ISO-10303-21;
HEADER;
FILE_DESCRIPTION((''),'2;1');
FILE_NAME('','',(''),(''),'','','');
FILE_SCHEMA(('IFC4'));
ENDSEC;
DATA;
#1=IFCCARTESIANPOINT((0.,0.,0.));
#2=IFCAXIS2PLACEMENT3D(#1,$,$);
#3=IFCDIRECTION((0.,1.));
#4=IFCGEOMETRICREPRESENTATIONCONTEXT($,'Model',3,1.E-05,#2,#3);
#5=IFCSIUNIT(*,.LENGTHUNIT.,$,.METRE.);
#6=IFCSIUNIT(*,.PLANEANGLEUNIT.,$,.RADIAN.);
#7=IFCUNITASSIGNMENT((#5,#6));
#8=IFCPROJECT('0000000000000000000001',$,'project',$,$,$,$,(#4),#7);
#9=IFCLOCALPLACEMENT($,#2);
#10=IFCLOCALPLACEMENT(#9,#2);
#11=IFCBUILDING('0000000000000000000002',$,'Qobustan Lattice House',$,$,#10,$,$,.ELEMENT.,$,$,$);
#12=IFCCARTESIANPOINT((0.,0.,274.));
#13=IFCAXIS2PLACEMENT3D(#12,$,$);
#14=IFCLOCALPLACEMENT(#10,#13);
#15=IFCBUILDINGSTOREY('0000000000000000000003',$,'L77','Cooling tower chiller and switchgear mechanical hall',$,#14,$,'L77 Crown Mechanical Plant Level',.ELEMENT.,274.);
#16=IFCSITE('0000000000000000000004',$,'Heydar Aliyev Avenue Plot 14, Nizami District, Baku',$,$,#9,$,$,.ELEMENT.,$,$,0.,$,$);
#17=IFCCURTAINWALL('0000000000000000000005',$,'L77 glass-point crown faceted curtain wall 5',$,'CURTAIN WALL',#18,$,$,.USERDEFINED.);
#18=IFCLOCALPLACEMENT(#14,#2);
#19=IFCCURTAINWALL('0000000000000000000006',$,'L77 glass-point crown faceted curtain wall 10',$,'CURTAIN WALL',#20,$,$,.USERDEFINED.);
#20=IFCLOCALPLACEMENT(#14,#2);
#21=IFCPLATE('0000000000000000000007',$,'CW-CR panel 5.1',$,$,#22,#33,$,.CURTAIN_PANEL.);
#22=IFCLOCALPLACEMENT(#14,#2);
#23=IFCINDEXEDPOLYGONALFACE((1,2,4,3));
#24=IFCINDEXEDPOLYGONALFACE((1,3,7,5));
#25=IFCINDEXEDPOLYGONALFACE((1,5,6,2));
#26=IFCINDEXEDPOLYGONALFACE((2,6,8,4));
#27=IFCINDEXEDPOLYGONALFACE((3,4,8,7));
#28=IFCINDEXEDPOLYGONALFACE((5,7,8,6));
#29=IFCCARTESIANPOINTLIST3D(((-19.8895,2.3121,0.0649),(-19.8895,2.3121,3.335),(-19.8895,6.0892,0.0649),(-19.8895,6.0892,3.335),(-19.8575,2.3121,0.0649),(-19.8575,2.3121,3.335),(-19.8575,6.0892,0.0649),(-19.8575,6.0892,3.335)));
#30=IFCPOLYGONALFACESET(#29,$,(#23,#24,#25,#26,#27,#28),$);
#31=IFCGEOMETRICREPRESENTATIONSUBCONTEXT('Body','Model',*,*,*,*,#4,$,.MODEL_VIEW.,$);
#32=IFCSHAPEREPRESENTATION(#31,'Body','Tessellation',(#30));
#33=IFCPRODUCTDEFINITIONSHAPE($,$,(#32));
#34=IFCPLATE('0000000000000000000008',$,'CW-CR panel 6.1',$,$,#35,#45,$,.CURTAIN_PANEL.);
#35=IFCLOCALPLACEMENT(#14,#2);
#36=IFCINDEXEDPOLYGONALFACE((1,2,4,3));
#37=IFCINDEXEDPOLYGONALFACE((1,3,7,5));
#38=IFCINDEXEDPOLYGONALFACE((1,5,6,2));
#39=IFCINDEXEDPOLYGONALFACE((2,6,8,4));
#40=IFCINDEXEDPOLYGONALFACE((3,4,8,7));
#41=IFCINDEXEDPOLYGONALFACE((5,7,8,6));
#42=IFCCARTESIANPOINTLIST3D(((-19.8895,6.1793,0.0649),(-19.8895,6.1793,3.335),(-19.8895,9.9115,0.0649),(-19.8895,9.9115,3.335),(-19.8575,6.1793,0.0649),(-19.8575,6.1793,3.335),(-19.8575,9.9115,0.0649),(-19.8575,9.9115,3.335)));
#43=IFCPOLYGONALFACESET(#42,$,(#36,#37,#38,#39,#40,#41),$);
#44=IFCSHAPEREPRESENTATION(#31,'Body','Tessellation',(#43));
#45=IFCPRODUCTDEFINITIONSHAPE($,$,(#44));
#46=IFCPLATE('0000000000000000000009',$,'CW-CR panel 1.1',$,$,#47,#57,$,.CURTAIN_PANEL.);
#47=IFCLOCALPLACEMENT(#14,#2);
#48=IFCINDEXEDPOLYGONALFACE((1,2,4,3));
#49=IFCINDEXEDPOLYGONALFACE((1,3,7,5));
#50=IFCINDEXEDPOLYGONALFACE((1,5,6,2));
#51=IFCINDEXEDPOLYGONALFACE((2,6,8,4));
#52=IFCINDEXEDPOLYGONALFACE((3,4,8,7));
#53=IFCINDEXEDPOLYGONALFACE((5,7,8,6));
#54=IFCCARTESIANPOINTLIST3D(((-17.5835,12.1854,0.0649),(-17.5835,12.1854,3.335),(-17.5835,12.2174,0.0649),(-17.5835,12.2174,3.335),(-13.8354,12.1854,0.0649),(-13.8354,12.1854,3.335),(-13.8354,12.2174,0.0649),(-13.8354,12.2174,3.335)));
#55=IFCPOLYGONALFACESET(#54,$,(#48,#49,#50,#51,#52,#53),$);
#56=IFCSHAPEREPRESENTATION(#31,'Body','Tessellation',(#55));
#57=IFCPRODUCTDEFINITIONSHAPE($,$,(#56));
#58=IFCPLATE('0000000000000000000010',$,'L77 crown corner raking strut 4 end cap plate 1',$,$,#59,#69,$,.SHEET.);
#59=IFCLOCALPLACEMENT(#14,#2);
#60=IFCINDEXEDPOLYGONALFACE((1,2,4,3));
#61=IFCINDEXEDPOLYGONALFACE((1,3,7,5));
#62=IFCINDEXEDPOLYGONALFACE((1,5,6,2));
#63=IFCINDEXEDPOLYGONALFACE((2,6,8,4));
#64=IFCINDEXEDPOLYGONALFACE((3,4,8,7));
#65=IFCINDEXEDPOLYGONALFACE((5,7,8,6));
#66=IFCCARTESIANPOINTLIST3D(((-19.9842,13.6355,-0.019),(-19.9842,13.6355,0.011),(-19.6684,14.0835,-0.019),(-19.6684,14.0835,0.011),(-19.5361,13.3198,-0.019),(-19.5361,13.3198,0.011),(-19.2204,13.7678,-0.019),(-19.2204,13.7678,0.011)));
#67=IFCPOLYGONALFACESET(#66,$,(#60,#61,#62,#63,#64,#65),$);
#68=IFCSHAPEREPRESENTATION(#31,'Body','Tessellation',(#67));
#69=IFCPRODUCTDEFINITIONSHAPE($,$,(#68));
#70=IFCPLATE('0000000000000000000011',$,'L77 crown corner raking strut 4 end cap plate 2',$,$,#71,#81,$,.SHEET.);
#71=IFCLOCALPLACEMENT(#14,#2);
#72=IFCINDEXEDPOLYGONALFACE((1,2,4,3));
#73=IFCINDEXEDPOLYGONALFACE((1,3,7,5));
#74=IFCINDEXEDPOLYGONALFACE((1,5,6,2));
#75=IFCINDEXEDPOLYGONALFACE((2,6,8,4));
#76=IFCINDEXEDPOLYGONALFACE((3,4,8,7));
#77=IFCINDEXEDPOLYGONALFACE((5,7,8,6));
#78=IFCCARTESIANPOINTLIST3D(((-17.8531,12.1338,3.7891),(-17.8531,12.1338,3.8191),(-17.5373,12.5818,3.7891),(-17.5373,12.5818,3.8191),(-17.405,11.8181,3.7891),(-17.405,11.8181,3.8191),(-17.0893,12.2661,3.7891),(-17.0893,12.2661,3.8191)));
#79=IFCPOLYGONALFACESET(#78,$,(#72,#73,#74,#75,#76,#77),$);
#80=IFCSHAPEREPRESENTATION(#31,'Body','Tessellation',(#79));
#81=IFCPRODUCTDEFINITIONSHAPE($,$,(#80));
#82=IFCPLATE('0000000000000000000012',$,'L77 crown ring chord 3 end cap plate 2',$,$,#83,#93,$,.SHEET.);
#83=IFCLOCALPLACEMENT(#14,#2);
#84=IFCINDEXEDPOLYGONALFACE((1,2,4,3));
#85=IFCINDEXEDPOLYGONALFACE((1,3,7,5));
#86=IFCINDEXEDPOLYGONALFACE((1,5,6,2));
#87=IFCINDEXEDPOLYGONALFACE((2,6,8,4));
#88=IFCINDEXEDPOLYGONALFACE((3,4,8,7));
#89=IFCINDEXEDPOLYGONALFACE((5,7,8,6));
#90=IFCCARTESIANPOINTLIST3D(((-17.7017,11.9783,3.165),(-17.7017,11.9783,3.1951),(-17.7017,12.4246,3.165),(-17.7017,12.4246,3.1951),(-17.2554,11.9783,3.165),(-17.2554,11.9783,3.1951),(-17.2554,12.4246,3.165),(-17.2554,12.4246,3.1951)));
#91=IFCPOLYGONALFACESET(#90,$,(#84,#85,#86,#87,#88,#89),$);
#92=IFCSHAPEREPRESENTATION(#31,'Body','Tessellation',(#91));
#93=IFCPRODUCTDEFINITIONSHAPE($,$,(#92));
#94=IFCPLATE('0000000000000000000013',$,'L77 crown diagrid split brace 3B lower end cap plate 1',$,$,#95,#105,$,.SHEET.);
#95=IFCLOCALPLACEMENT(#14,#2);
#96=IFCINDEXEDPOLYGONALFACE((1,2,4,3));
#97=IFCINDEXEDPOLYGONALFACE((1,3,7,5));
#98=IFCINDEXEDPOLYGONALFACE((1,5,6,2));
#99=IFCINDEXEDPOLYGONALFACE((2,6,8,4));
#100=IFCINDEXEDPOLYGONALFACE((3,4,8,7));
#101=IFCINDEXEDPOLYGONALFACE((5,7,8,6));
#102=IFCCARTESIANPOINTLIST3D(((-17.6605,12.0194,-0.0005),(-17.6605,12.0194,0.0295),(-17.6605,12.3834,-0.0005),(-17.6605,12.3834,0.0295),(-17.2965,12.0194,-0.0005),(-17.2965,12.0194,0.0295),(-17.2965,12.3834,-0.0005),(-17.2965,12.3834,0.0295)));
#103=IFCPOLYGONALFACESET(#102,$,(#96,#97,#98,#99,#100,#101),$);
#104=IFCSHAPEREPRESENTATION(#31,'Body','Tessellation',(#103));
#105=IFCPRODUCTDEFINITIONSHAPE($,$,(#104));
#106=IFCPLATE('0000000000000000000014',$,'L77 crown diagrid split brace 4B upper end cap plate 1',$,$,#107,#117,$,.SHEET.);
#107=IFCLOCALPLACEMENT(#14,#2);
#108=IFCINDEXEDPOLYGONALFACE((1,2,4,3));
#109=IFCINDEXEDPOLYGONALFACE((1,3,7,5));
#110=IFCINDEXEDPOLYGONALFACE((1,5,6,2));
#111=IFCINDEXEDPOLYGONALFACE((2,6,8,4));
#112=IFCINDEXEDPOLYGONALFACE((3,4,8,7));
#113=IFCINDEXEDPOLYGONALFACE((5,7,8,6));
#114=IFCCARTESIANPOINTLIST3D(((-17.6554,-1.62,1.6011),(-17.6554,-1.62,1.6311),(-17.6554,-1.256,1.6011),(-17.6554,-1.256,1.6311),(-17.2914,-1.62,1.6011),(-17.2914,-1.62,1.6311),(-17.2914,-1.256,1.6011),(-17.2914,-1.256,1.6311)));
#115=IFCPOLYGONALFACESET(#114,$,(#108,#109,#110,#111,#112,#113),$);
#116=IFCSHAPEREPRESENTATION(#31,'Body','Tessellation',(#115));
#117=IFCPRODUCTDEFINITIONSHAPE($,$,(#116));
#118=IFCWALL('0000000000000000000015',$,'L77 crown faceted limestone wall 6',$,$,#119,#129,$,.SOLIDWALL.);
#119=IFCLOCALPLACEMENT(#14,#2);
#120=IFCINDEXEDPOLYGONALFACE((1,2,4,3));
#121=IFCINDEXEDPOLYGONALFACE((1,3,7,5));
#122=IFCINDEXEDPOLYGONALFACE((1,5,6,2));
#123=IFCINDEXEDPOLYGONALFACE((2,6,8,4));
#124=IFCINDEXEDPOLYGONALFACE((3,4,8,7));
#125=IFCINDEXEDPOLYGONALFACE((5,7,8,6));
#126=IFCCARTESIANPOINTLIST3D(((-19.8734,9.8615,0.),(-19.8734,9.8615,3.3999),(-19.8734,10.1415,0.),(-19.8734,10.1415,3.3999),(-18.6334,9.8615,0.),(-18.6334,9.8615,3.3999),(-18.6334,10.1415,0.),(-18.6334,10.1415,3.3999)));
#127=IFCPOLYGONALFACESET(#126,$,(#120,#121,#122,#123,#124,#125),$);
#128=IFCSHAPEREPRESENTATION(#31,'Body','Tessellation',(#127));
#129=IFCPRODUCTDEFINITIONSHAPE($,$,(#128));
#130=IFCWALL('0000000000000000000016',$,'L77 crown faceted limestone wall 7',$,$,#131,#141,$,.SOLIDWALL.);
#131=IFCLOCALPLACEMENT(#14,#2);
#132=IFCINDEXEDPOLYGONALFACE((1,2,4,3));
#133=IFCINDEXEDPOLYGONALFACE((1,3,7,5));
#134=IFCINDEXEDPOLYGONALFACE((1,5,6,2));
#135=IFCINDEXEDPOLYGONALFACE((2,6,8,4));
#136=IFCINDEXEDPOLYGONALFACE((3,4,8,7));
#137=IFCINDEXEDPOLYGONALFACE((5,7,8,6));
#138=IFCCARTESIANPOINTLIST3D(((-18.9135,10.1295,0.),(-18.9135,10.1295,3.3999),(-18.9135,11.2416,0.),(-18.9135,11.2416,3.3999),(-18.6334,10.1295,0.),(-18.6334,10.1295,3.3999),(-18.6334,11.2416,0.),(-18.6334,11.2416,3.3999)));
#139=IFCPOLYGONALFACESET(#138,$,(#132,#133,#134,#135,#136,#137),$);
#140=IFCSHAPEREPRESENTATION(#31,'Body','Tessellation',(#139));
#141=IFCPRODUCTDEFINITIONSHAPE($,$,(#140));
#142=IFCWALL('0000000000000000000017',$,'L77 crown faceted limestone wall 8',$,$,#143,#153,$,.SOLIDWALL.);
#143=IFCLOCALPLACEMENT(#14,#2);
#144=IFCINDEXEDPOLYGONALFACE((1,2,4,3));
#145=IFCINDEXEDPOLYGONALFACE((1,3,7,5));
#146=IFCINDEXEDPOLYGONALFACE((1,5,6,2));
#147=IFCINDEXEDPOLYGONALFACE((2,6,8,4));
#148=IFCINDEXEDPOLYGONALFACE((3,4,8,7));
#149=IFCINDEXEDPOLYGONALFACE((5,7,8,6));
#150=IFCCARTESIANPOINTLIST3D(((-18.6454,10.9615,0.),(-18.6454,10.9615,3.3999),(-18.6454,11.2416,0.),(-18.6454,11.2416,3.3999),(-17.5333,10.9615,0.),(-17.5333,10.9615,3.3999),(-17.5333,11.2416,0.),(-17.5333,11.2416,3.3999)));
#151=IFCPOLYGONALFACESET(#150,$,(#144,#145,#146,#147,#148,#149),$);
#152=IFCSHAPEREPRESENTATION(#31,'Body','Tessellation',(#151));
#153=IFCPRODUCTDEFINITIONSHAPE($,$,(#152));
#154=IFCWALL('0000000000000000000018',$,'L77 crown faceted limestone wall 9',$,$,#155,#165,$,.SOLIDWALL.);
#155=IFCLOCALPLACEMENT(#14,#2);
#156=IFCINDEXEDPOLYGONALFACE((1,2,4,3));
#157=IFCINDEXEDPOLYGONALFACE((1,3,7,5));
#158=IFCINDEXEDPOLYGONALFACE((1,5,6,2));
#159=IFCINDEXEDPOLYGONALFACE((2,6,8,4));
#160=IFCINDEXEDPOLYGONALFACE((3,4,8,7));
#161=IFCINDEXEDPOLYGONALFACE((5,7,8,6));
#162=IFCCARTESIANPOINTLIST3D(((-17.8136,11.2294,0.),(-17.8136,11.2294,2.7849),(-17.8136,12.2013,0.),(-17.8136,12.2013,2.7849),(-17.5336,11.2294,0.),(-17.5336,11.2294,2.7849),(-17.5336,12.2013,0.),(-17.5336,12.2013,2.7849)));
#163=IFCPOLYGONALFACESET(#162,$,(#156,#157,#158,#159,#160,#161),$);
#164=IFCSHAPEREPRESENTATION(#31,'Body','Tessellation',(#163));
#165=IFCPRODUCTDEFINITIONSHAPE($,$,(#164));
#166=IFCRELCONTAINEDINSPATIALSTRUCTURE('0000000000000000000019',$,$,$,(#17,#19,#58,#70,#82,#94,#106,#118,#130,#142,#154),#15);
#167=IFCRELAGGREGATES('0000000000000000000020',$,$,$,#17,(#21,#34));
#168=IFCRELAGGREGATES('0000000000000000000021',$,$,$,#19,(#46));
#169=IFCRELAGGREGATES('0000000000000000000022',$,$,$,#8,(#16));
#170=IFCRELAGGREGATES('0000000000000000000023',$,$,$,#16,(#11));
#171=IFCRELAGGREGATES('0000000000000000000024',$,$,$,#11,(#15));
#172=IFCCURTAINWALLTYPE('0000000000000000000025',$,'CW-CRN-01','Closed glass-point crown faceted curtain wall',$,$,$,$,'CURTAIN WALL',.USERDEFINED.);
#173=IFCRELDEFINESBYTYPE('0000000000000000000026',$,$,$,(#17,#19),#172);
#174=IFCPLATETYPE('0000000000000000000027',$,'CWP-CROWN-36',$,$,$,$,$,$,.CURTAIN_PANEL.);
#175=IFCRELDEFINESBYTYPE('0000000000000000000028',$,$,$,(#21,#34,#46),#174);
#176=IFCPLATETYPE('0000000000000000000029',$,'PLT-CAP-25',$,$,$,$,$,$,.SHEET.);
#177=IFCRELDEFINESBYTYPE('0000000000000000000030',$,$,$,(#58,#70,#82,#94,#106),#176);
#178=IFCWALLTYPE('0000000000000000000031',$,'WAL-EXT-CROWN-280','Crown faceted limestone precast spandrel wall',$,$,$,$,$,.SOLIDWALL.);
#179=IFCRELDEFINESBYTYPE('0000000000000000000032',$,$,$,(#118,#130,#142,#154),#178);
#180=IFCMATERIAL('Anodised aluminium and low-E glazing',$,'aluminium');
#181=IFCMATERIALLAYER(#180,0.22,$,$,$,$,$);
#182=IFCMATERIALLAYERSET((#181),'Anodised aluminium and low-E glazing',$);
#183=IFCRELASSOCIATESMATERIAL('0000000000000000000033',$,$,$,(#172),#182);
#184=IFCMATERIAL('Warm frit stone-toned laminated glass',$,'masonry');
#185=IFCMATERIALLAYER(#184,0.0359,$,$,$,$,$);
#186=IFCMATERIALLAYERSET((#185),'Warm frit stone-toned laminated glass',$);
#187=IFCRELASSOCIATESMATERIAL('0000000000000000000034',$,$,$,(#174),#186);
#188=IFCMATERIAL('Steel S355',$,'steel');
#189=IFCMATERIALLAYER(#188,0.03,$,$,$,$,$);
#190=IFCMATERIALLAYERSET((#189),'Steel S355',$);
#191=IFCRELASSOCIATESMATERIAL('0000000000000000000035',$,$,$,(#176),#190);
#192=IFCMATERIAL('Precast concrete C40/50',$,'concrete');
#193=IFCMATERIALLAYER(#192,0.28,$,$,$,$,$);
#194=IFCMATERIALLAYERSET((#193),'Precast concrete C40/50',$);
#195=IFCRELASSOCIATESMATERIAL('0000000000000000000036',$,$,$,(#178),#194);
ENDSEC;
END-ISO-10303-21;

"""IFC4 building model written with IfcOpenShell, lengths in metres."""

from ifc_helpers import new_model, si_unit, direction, frame, frame_2d, origin, origin_2d, place, context, subcontext, project, spatial, rectangle, extrude, material, layer, layer_set, type_object, element, aggregate, save


model = new_model("IFC4")

# Units and contexts
model_context = context("Model", 3, precision=1e-05, world=origin(), true_north=direction((0.0, 1.0)))
body_context = subcontext(model_context, "Body", "Model", "MODEL_VIEW")
ifc_project = project(units=[si_unit("LENGTHUNIT", "METRE"), si_unit("PLANEANGLEUNIT", "RADIAN")], contexts=[model_context])

# Site, building, storey
site_placement = place(None, origin())
site = spatial("IfcSite", under=ifc_project, at=site_placement, Name="Heydar Aliyev Avenue Plot 14, Nizami District, Baku", CompositionType="ELEMENT", RefElevation=0.0)
building_placement = place(site_placement, origin())
building = spatial("IfcBuilding", under=site, at=building_placement, Name="Qobustan Lattice House", CompositionType="ELEMENT")
storey_placement = place(building_placement, frame((0.0, 0.0, 274.0)))
storey = spatial("IfcBuildingStorey", under=building, at=storey_placement, Name="L77", Description="Cooling tower chiller and switchgear mechanical hall", LongName="L77 Crown Mechanical Plant Level", CompositionType="ELEMENT", Elevation=274.0)

# Curtain wall
ifc_material_1 = material(Name="Anodised aluminium and low-E glazing", Category="aluminium")
ifc_layer_1 = layer(ifc_material_1, 0.22)
ifc_layer_set_1 = layer_set([ifc_layer_1], Name="Anodised aluminium and low-E glazing")
curtain_wall_type = type_object("IfcCurtainWallType", Name="CW-CRN-01", Description="Closed glass-point crown faceted curtain wall", ElementType="CURTAIN WALL", PredefinedType="USERDEFINED", material=ifc_layer_set_1)
curtain_wall_1_placement = place(storey_placement, origin())
curtain_wall_1 = element("IfcCurtainWall", 1, at=curtain_wall_1_placement, inside=storey, type_object=curtain_wall_type, Name="L77 glass-point crown faceted curtain wall 5", ObjectType="CURTAIN WALL", PredefinedType="USERDEFINED")

# Curtain wall
curtain_wall_2_placement = place(storey_placement, origin())
curtain_wall_2 = element("IfcCurtainWall", 2, at=curtain_wall_2_placement, inside=storey, type_object=curtain_wall_type, Name="L77 glass-point crown faceted curtain wall 10", ObjectType="CURTAIN WALL", PredefinedType="USERDEFINED")

# Plates
ifc_material_2 = material(Name="Warm frit stone-toned laminated glass", Category="masonry")
ifc_layer_2 = layer(ifc_material_2, 0.0359)
ifc_layer_set_2 = layer_set([ifc_layer_2], Name="Warm frit stone-toned laminated glass")
plate_type_1 = type_object("IfcPlateType", Name="CWP-CROWN-36", PredefinedType="CURTAIN_PANEL", material=ifc_layer_set_2)
plate_1_placement = place(storey_placement, frame((-19.8735, 4.2007, 0.0649), z_axis=(0.0, 0.0, 1.0), x_axis=(0.0, 1.0, 0.0)))
plate_1 = element("IfcPlate", 3, at=plate_1_placement, type_object=plate_type_1, Name="CW-CR panel 5.1", PredefinedType="CURTAIN_PANEL", context=body_context, shape_type="SweptSolid", body=[
    extrude(rectangle(XDim=3.7771, YDim=0.032, at=origin_2d()), origin(), (0.0, 0.0, 1.0), 3.27),
])
plate_2_placement = place(storey_placement, frame((-19.8735, 8.0454, 0.0649), z_axis=(0.0, 0.0, 1.0), x_axis=(0.0, 1.0, 0.0)))
plate_2 = element("IfcPlate", 4, at=plate_2_placement, type_object=plate_type_1, Name="CW-CR panel 6.1", PredefinedType="CURTAIN_PANEL", context=body_context, shape_type="SweptSolid", body=[
    extrude(rectangle(XDim=3.7322, YDim=0.032, at=origin_2d()), origin(), (0.0, 0.0, 1.0), 3.27),
])
aggregate(curtain_wall_1, [plate_1, plate_2])
plate_3_placement = place(storey_placement, frame((-15.7095, 12.2014, 0.0649), z_axis=(0.0, 0.0, 1.0), x_axis=(1.0, 0.0, 0.0)))
plate_3 = element("IfcPlate", 5, at=plate_3_placement, type_object=plate_type_1, Name="CW-CR panel 1.1", PredefinedType="CURTAIN_PANEL", context=body_context, shape_type="SweptSolid", body=[
    extrude(rectangle(XDim=3.748, YDim=0.032, at=origin_2d()), origin(), (0.0, 0.0, 1.0), 3.27),
])
aggregate(curtain_wall_2, [plate_3])

# Plates
ifc_material_3 = material(Name="Steel S355", Category="steel")
ifc_layer_3 = layer(ifc_material_3, 0.03)
ifc_layer_set_3 = layer_set([ifc_layer_3], Name="Steel S355")
plate_type_2 = type_object("IfcPlateType", Name="PLT-CAP-25", PredefinedType="SHEET", material=ifc_layer_set_3)
for number, where, z_axis, x_axis, name in (
    (6, (-19.6023, 13.7017, -0.019), (0.0, 0.0, 1.0), (0.817426, -0.576033, 0.0), "L77 crown corner raking strut 4 end cap plate 1"),
    (7, (-17.4712, 12.2, 3.7891), (0.0, 0.0, 1.0), (0.817426, -0.576033, 0.0), "L77 crown corner raking strut 4 end cap plate 2"),
):
    element("IfcPlate", number, at=place(storey_placement, frame(where, z_axis=z_axis, x_axis=x_axis)), inside=storey, type_object=plate_type_2, Name=name, PredefinedType="SHEET", context=body_context, shape_type="SweptSolid", body=[
        extrude(rectangle(XDim=0.5481, YDim=0.5481, at=origin_2d()), origin(), (0.0, 0.0, 1.0), 0.03),
    ])
plate_4_placement = place(storey_placement, frame((-17.4785, 12.2014, 3.165), z_axis=(0.0, 0.0, 1.0), x_axis=(-1.0, 0.0, 0.0)))
element("IfcPlate", 8, at=plate_4_placement, inside=storey, type_object=plate_type_2, Name="L77 crown ring chord 3 end cap plate 2", PredefinedType="SHEET", context=body_context, shape_type="SweptSolid", body=[
    extrude(rectangle(XDim=0.4463, YDim=0.4463, at=origin_2d()), origin(), (0.0, 0.0, 1.0), 0.03),
])
for number, where, z_axis, x_axis, name in (
    (9, (-17.4785, 12.2014, -0.0005), (0.0, 0.0, 1.0), (1.0, 0.0, 0.0), "L77 crown diagrid split brace 3B lower end cap plate 1"),
    (10, (-17.4734, -1.438, 1.6011), (0.0, 0.0, 1.0), (0.0, 1.0, 0.0), "L77 crown diagrid split brace 4B upper end cap plate 1"),
):
    element("IfcPlate", number, at=place(storey_placement, frame(where, z_axis=z_axis, x_axis=x_axis)), inside=storey, type_object=plate_type_2, Name=name, PredefinedType="SHEET", context=body_context, shape_type="SweptSolid", body=[
        extrude(rectangle(XDim=0.364, YDim=0.364, at=origin_2d()), origin(), (0.0, 0.0, 1.0), 0.03),
    ])

# Walls
ifc_material_4 = material(Name="Precast concrete C40/50", Category="concrete")
ifc_layer_4 = layer(ifc_material_4, 0.28)
ifc_layer_set_4 = layer_set([ifc_layer_4], Name="Precast concrete C40/50")
wall_type = type_object("IfcWallType", Name="WAL-EXT-CROWN-280", Description="Crown faceted limestone precast spandrel wall", PredefinedType="SOLIDWALL", material=ifc_layer_set_4)
wall_1_placement = place(storey_placement, frame((-19.8735, 10.0015, 0.0), z_axis=(0.0, 0.0, 1.0), x_axis=(1.0, 0.0, 0.0)))
element("IfcWall", 11, at=wall_1_placement, inside=storey, type_object=wall_type, Name="L77 crown faceted limestone wall 6", PredefinedType="SOLIDWALL", context=body_context, shape_type="SweptSolid", body=[
    extrude(rectangle(XDim=1.24, YDim=0.28, at=frame_2d((0.6201, 0.0))), origin(), (0.0, 0.0, 1.0), 3.3999),
])
for number, where, z_axis, x_axis, name in (
    (12, (-18.7734, 10.1294, 0.0), (0.0, 0.0, 1.0), (0.0, 1.0, 0.0), "L77 crown faceted limestone wall 7"),
    (13, (-18.6455, 11.1016, 0.0), (0.0, 0.0, 1.0), (1.0, 0.0, 0.0), "L77 crown faceted limestone wall 8"),
):
    element("IfcWall", number, at=place(storey_placement, frame(where, z_axis=z_axis, x_axis=x_axis)), inside=storey, type_object=wall_type, Name=name, PredefinedType="SOLIDWALL", context=body_context, shape_type="SweptSolid", body=[
        extrude(rectangle(XDim=1.1121, YDim=0.28, at=frame_2d((0.5562, 0.0))), origin(), (0.0, 0.0, 1.0), 3.3999),
    ])
wall_2_placement = place(storey_placement, frame((-17.6736, 11.2295, 0.0), z_axis=(0.0, 0.0, 1.0), x_axis=(0.0, 1.0, 0.0)))
element("IfcWall", 14, at=wall_2_placement, inside=storey, type_object=wall_type, Name="L77 crown faceted limestone wall 9", PredefinedType="SOLIDWALL", context=body_context, shape_type="SweptSolid", body=[
    extrude(rectangle(XDim=0.9719, YDim=0.28, at=frame_2d((0.4858, 0.0))), origin(), (0.0, 0.0, 1.0), 2.7849),
])

save(model, "model.ifc")
